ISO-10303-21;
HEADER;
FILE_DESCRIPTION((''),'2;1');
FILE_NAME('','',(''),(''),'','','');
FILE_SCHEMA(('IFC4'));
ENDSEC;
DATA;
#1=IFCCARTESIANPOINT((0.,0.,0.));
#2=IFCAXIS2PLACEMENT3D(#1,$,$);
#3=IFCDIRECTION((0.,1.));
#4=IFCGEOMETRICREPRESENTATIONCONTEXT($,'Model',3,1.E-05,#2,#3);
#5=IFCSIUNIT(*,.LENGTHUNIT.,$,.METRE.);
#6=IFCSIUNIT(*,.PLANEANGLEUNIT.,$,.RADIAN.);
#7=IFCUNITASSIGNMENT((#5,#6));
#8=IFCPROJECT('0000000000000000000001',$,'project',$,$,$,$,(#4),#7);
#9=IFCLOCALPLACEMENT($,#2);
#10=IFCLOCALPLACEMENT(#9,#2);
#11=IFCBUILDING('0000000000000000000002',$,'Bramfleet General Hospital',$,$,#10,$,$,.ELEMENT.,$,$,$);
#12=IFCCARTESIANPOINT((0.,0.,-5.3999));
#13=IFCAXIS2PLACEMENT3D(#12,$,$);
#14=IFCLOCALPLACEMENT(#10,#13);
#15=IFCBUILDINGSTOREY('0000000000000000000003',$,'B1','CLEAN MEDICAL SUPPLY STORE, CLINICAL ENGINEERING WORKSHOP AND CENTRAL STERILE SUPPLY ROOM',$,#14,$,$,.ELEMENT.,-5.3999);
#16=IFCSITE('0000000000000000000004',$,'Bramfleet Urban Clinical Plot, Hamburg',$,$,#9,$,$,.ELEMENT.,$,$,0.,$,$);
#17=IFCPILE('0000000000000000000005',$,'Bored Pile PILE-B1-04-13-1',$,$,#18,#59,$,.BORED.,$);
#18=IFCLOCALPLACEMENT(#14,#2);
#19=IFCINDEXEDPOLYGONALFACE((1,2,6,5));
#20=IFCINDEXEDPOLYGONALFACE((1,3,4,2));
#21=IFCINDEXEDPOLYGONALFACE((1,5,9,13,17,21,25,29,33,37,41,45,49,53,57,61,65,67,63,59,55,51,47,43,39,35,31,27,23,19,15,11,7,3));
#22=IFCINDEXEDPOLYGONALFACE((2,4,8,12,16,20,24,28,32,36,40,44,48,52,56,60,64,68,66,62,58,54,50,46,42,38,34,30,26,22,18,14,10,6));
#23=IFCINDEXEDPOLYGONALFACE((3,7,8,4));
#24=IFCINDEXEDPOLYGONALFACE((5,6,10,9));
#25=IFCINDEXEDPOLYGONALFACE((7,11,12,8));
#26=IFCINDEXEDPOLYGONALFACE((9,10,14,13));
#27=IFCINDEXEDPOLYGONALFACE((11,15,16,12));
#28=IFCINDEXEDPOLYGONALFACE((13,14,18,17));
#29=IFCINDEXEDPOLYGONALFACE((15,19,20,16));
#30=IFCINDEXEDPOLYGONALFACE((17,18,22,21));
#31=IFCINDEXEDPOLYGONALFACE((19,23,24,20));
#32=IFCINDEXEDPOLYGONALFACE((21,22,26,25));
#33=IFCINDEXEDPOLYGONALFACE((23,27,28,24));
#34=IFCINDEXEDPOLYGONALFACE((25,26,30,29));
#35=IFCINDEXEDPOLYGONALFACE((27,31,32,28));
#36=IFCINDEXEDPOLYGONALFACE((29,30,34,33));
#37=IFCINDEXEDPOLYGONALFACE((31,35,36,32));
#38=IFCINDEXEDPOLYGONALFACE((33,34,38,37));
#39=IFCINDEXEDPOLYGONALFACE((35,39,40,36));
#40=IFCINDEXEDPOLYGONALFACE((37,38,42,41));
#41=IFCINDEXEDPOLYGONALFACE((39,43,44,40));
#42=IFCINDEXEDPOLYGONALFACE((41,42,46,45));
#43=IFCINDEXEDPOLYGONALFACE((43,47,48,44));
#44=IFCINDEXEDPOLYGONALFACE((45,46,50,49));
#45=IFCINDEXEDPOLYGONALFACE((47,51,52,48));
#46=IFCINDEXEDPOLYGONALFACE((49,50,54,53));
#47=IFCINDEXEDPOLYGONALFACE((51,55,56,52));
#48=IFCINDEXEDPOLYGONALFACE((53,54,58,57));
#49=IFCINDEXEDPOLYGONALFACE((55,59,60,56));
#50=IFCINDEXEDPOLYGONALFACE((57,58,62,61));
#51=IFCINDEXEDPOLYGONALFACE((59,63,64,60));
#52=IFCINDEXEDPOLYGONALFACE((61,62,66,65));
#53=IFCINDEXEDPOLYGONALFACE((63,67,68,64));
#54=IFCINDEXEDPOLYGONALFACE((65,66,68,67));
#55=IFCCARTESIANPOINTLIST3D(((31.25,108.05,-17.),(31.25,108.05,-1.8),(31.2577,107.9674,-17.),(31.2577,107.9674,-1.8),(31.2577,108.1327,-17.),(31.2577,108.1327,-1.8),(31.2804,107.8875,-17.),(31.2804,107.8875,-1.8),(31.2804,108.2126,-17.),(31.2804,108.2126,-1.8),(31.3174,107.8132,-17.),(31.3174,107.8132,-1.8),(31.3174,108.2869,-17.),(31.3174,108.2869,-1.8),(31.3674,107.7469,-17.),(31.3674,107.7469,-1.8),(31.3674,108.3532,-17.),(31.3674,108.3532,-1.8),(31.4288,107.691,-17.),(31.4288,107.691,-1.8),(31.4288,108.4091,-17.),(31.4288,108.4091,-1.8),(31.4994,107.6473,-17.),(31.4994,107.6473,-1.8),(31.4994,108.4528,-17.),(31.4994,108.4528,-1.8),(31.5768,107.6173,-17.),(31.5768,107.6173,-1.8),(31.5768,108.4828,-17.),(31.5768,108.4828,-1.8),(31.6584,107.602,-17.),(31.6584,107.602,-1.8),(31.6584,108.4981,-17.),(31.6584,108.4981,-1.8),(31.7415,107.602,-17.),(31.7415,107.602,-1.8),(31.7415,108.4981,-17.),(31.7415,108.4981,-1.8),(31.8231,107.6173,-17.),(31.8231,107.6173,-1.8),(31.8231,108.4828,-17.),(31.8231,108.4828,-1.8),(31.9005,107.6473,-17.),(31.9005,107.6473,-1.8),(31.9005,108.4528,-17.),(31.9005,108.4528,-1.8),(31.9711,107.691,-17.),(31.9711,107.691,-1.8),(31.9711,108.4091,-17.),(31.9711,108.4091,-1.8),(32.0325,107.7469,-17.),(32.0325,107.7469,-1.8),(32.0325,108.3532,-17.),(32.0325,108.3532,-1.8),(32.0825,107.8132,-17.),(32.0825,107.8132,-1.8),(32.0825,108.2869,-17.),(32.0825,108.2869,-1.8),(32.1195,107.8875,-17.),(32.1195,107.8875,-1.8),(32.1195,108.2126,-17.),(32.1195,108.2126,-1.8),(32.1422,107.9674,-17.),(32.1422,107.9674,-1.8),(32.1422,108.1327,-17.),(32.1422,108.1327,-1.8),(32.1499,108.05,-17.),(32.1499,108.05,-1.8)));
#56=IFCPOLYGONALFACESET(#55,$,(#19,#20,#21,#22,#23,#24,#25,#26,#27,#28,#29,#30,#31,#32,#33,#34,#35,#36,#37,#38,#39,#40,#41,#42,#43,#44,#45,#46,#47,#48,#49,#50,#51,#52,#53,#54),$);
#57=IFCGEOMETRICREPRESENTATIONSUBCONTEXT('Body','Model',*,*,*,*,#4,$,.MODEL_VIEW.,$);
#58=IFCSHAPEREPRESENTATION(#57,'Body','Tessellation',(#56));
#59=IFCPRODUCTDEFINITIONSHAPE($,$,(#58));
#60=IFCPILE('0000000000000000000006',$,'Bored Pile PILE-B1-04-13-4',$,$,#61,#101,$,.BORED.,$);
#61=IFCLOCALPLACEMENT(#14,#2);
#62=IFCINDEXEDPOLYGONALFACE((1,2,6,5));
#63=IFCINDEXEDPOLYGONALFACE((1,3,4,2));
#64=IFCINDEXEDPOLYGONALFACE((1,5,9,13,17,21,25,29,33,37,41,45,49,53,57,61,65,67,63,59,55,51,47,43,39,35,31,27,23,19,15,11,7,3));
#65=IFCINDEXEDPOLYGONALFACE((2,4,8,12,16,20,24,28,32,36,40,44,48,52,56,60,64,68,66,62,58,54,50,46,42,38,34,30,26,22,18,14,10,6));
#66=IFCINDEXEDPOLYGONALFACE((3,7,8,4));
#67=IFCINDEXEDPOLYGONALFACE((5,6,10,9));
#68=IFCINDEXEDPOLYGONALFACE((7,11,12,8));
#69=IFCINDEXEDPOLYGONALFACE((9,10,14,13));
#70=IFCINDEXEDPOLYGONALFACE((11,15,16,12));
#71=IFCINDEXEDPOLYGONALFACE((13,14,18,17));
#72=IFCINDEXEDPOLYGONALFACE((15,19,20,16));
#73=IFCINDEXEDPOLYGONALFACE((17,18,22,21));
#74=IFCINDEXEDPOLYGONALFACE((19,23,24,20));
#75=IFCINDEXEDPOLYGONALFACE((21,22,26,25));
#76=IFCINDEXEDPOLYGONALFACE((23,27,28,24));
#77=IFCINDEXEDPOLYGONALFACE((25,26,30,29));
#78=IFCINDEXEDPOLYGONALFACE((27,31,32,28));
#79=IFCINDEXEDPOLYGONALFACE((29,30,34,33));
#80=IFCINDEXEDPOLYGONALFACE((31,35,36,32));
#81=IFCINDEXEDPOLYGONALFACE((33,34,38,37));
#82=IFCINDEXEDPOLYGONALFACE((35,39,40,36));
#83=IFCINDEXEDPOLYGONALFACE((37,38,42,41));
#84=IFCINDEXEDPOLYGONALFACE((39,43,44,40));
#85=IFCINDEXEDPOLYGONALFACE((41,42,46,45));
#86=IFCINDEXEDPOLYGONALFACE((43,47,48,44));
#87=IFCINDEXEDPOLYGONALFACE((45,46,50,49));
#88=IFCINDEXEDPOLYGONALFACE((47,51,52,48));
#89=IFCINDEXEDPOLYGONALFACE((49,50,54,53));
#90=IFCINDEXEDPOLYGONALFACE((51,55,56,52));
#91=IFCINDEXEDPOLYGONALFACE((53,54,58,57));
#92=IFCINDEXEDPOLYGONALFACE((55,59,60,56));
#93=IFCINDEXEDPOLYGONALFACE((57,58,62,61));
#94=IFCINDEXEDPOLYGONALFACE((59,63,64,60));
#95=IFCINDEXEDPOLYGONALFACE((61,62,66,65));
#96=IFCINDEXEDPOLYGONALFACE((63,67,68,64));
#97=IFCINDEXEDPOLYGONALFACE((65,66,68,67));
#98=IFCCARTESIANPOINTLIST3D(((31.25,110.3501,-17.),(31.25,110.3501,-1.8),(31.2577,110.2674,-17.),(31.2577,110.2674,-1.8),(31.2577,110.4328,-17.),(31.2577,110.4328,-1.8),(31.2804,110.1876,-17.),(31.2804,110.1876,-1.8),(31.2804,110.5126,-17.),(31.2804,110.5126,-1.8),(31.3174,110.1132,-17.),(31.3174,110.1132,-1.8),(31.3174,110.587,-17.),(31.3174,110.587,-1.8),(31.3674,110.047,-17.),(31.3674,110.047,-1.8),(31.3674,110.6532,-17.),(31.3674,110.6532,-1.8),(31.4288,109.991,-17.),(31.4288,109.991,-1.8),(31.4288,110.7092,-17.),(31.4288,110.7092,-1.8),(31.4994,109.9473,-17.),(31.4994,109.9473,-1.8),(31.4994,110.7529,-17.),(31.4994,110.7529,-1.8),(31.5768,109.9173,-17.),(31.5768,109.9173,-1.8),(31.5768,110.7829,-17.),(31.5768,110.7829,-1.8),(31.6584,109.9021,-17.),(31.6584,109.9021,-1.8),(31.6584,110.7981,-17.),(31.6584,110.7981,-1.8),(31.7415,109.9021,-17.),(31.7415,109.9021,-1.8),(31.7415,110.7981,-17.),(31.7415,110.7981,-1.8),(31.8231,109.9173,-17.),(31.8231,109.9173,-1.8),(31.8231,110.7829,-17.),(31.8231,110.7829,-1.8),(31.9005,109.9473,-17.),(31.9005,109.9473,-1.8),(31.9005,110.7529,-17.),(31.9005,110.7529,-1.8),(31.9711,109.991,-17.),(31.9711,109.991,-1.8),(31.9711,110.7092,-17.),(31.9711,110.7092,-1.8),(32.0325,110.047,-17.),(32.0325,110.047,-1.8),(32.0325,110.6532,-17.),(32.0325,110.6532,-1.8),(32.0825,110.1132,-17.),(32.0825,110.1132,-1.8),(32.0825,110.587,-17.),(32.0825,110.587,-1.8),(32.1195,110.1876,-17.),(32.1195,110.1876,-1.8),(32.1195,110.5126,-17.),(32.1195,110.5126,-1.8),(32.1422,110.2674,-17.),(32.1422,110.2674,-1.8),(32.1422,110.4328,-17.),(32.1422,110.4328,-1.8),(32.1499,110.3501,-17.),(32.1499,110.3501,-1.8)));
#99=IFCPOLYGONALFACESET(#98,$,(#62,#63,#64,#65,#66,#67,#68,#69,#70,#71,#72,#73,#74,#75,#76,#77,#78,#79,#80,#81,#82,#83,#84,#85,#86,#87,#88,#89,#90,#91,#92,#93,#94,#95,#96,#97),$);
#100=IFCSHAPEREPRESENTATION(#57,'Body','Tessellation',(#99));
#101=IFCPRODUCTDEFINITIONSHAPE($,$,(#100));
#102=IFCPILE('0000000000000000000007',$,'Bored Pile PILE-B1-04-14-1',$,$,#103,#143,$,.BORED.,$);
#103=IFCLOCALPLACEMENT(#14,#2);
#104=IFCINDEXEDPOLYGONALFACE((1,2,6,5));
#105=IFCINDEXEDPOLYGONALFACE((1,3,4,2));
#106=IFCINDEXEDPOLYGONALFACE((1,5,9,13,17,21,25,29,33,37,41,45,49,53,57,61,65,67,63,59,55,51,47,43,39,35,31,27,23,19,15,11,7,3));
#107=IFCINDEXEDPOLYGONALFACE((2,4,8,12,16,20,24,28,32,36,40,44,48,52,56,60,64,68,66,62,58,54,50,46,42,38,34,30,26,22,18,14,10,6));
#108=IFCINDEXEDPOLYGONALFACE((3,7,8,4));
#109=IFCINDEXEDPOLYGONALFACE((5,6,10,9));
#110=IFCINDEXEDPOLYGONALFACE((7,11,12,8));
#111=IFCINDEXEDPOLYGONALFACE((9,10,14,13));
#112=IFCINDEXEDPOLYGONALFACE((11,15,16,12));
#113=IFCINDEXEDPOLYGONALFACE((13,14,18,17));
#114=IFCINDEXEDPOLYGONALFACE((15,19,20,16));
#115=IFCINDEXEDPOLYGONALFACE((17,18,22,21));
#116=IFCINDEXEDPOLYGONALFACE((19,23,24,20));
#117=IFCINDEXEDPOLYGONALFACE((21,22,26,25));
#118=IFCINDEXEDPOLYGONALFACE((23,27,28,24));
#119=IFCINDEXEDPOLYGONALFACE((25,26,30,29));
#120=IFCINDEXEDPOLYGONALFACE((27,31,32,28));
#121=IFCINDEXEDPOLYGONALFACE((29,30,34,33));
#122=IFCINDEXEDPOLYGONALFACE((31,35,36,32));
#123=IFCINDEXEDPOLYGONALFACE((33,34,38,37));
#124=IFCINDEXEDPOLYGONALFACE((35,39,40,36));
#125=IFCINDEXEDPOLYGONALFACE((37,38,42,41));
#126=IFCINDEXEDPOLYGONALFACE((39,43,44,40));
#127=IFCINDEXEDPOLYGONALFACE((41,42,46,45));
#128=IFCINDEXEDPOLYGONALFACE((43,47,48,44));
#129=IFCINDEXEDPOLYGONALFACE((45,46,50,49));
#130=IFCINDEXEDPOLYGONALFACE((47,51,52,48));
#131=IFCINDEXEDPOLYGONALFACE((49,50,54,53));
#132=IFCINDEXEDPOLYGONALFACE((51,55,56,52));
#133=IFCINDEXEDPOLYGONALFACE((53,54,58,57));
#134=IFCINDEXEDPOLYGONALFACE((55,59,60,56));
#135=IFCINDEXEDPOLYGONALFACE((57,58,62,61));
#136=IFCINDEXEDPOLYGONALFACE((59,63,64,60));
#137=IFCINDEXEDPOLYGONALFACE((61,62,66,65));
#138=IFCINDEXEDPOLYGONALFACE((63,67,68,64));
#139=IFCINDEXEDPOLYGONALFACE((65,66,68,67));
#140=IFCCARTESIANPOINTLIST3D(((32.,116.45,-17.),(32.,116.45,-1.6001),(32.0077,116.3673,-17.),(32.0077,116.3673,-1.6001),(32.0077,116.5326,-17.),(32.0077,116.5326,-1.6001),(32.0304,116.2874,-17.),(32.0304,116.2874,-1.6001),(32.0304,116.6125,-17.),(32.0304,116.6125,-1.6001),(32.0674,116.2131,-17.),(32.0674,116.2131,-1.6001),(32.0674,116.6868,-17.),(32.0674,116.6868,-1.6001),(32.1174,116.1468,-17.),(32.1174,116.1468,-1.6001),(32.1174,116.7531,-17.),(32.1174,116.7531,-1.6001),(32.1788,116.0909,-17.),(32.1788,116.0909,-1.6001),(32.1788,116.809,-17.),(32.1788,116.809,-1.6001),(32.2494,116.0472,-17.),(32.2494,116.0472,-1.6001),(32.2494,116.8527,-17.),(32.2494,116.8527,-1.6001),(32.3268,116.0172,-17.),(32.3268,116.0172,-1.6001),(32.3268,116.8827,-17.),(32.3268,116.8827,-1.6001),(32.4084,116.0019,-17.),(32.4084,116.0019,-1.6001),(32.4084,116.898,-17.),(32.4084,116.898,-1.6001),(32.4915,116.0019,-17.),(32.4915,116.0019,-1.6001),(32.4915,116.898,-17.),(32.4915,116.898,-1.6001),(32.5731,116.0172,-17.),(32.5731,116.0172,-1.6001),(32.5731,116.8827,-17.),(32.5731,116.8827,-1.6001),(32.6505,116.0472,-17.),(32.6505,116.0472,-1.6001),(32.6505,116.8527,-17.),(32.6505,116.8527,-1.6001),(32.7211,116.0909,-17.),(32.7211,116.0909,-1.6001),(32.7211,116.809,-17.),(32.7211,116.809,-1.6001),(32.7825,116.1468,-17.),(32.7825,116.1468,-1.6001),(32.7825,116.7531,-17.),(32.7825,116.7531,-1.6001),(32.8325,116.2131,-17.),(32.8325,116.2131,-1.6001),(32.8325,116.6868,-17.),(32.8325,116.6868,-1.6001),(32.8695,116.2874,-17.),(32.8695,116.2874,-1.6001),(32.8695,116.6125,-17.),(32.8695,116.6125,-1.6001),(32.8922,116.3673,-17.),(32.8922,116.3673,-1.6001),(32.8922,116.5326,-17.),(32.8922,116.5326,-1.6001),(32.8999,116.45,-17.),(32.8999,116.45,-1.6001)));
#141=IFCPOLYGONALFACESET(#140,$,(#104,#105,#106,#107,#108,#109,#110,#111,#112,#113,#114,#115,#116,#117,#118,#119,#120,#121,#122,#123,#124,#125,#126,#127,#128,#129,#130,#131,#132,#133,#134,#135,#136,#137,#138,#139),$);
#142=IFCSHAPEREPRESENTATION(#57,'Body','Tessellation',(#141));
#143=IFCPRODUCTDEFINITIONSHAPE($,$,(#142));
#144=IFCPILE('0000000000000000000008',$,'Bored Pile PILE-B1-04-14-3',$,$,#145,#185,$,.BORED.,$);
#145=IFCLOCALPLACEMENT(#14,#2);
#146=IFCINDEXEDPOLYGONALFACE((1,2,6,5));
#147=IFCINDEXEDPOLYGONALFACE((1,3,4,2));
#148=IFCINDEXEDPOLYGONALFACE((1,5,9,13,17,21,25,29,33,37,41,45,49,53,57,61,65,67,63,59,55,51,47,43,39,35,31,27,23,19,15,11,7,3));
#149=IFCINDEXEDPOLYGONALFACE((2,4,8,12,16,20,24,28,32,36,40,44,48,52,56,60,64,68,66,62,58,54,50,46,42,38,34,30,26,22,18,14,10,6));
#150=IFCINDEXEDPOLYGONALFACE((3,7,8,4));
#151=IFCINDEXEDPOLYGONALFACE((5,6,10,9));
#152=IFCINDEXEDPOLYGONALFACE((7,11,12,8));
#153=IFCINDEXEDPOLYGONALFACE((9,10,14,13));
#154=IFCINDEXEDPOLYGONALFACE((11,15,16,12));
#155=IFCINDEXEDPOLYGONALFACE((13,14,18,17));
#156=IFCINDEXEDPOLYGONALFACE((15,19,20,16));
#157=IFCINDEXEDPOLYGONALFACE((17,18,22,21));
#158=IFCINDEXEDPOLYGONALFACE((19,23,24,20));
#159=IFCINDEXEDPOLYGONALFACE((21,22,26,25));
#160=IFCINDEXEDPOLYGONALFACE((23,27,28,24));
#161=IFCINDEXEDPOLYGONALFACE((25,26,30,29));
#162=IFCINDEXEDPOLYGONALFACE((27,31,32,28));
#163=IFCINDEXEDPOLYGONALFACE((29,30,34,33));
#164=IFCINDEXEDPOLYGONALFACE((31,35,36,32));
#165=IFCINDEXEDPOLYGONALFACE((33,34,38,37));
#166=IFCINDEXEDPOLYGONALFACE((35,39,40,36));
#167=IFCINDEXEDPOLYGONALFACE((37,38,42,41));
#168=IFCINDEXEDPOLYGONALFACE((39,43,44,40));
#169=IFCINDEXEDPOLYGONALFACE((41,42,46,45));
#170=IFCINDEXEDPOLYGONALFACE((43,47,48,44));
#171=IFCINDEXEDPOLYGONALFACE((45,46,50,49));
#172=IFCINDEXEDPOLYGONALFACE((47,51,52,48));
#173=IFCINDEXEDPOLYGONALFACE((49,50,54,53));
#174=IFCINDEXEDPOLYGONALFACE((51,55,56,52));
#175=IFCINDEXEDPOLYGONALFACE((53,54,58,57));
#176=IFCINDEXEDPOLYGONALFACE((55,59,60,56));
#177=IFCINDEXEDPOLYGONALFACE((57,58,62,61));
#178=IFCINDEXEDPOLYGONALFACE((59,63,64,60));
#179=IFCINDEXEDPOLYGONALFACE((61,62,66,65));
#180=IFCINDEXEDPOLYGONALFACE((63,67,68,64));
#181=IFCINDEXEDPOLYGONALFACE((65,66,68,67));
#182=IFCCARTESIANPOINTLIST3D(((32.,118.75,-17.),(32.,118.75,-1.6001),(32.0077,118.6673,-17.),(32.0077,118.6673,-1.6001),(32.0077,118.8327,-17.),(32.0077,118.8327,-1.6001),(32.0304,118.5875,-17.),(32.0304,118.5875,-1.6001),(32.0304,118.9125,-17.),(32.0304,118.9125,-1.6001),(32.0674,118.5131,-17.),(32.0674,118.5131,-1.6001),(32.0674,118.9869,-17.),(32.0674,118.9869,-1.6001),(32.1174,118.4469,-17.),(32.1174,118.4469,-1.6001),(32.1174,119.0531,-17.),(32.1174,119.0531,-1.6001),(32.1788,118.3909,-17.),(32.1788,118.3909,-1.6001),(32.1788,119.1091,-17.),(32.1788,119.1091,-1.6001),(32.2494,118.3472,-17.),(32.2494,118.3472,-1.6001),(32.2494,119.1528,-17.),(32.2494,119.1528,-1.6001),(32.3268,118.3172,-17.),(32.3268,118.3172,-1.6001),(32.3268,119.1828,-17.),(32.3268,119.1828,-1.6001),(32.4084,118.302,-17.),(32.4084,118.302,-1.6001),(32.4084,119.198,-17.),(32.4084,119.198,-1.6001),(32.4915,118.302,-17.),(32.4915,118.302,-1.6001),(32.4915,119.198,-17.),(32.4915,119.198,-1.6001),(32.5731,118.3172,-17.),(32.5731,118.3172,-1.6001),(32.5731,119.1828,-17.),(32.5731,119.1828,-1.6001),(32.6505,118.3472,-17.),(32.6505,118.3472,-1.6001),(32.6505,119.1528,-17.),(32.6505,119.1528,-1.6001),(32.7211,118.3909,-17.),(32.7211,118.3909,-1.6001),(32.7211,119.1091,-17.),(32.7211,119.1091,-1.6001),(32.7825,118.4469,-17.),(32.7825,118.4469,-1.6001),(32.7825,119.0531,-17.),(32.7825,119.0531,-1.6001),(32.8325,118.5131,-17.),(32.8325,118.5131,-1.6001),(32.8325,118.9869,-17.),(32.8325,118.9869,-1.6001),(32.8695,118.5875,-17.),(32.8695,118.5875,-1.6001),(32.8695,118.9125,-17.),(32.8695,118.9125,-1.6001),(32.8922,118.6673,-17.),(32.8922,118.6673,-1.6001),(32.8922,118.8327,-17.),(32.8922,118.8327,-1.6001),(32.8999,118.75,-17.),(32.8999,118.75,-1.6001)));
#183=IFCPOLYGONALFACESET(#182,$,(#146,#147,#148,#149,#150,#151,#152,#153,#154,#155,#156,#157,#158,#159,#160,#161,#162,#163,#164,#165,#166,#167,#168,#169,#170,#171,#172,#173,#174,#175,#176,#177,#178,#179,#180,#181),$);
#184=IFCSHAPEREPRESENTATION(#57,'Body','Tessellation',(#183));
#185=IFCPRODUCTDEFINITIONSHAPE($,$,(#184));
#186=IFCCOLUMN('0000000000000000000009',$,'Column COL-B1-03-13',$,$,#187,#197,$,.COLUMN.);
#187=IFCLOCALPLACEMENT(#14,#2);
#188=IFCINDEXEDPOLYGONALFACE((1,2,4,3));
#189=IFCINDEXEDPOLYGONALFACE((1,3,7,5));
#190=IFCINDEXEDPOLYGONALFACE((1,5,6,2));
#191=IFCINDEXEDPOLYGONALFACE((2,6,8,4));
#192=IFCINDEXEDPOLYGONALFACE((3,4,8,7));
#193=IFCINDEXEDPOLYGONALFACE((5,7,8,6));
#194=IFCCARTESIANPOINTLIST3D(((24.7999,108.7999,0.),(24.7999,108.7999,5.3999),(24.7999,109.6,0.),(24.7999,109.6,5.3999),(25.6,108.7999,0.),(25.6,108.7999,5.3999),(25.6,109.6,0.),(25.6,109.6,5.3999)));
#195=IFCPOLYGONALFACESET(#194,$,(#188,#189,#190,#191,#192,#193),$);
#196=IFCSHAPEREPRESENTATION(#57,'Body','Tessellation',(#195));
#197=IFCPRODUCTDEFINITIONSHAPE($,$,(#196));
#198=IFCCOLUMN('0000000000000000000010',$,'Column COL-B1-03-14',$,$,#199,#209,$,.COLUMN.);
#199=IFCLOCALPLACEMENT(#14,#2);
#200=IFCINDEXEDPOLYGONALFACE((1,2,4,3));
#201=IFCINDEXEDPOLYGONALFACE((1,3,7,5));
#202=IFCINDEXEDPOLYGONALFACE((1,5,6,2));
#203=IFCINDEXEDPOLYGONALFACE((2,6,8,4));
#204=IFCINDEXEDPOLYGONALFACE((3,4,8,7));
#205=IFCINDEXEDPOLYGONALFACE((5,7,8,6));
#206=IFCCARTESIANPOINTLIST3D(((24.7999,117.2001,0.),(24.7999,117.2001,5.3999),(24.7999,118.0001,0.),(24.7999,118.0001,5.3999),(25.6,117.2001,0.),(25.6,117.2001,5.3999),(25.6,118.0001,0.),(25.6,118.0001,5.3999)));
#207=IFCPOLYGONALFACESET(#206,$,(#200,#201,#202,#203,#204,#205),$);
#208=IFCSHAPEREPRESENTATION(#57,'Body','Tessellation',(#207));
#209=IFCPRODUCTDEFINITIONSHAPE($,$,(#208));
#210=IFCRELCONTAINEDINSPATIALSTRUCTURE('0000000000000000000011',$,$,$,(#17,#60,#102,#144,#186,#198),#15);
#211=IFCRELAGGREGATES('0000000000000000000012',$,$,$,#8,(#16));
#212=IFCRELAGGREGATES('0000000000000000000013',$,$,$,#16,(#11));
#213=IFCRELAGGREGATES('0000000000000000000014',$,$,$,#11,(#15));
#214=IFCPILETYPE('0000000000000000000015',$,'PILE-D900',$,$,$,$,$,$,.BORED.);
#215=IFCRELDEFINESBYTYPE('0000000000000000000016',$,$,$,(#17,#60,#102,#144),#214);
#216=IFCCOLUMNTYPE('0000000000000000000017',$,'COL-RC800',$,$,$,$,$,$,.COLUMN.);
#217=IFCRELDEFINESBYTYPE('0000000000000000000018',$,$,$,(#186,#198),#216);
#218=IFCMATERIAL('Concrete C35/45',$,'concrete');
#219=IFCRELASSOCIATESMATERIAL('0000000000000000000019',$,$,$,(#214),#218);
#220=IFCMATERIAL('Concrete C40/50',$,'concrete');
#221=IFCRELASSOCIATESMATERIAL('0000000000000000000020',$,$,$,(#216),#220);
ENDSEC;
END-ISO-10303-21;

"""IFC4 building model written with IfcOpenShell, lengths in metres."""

from ifc_helpers import new_model, si_unit, direction, frame, origin, origin_2d, place, context, subcontext, project, spatial, rectangle, circle, extrude, material, material_profile, profile_set, type_object, element, save


model = new_model("IFC4")

# Units and contexts
model_context = context("Model", 3, precision=1e-05, world=origin(), true_north=direction((0.0, 1.0)))
body_context = subcontext(model_context, "Body", "Model", "MODEL_VIEW")
ifc_project = project(units=[si_unit("LENGTHUNIT", "METRE"), si_unit("PLANEANGLEUNIT", "RADIAN")], contexts=[model_context])

# Site, building, storey
site_placement = place(None, origin())
site = spatial("IfcSite", under=ifc_project, at=site_placement, Name="Bramfleet Urban Clinical Plot, Hamburg", CompositionType="ELEMENT", RefElevation=0.0)
building_placement = place(site_placement, origin())
building = spatial("IfcBuilding", under=site, at=building_placement, Name="Bramfleet General Hospital", CompositionType="ELEMENT")
storey_placement = place(building_placement, frame((0.0, 0.0, -5.3999)))
storey = spatial("IfcBuildingStorey", under=building, at=storey_placement, Name="B1", Description="CLEAN MEDICAL SUPPLY STORE, CLINICAL ENGINEERING WORKSHOP AND CENTRAL STERILE SUPPLY ROOM", CompositionType="ELEMENT", Elevation=-5.3999)

# Shared definitions
ifc_material_1 = material(Name="Concrete C35/45", Category="concrete")

# Piles
ifc_material_profile_1 = material_profile(ifc_material_1, circle(Radius=0.45, at=origin_2d()), Name="PILE BORED D900")
ifc_profile_set_1 = profile_set([ifc_material_profile_1], Name="Concrete C35/45")
pile_type = type_object("IfcPileType", Name="PILE-D900", PredefinedType="BORED", material=ifc_profile_set_1)
for number, where, z_axis, x_axis, name in (
    (1, (31.7, 108.05, -1.8), (0.0, 0.0, -1.0), (1.0, 0.0, 0.0), "Bored Pile PILE-B1-04-13-1"),
    (2, (31.7, 110.3501, -1.8), (0.0, 0.0, -1.0), (1.0, 0.0, 0.0), "Bored Pile PILE-B1-04-13-4"),
):
    element("IfcPile", number, at=place(storey_placement, frame(where, z_axis=z_axis, x_axis=x_axis)), inside=storey, type_object=pile_type, Name=name, PredefinedType="BORED", context=body_context, shape_type="SweptSolid", body=[
        extrude(circle(Radius=0.45, at=origin_2d()), origin(), (0.0, 0.0, 1.0), 15.2),
    ])
for number, where, z_axis, x_axis, name in (
    (3, (32.45, 116.45, -1.6001), (0.0, 0.0, -1.0), (1.0, 0.0, 0.0), "Bored Pile PILE-B1-04-14-1"),
    (4, (32.45, 118.75, -1.6001), (0.0, 0.0, -1.0), (1.0, 0.0, 0.0), "Bored Pile PILE-B1-04-14-3"),
):
    element("IfcPile", number, at=place(storey_placement, frame(where, z_axis=z_axis, x_axis=x_axis)), inside=storey, type_object=pile_type, Name=name, PredefinedType="BORED", context=body_context, shape_type="SweptSolid", body=[
        extrude(circle(Radius=0.45, at=origin_2d()), origin(), (0.0, 0.0, 1.0), 15.3999),
    ])

# Columns
ifc_material_2 = material(Name="Concrete C40/50", Category="concrete")
ifc_material_profile_2 = material_profile(ifc_material_2, rectangle(XDim=0.8, YDim=0.8, at=origin_2d()), Name="RC COL 800x800")
ifc_profile_set_2 = profile_set([ifc_material_profile_2], Name="Concrete C40/50")
column_type = type_object("IfcColumnType", Name="COL-RC800", PredefinedType="COLUMN", material=ifc_profile_set_2)
for number, where, z_axis, x_axis, name in (
    (5, (25.2, 109.2, 0.0), (0.0, 0.0, 1.0), (1.0, 0.0, 0.0), "Column COL-B1-03-13"),
    (6, (25.2, 117.6001, 0.0), (0.0, 0.0, 1.0), (1.0, 0.0, 0.0), "Column COL-B1-03-14"),
):
    element("IfcColumn", number, at=place(storey_placement, frame(where, z_axis=z_axis, x_axis=x_axis)), inside=storey, type_object=column_type, Name=name, PredefinedType="COLUMN", context=body_context, shape_type="SweptSolid", body=[
        extrude(rectangle(XDim=0.8, YDim=0.8, at=origin_2d()), origin(), (0.0, 0.0, 1.0), 5.3999),
    ])

save(model, "model.ifc")
